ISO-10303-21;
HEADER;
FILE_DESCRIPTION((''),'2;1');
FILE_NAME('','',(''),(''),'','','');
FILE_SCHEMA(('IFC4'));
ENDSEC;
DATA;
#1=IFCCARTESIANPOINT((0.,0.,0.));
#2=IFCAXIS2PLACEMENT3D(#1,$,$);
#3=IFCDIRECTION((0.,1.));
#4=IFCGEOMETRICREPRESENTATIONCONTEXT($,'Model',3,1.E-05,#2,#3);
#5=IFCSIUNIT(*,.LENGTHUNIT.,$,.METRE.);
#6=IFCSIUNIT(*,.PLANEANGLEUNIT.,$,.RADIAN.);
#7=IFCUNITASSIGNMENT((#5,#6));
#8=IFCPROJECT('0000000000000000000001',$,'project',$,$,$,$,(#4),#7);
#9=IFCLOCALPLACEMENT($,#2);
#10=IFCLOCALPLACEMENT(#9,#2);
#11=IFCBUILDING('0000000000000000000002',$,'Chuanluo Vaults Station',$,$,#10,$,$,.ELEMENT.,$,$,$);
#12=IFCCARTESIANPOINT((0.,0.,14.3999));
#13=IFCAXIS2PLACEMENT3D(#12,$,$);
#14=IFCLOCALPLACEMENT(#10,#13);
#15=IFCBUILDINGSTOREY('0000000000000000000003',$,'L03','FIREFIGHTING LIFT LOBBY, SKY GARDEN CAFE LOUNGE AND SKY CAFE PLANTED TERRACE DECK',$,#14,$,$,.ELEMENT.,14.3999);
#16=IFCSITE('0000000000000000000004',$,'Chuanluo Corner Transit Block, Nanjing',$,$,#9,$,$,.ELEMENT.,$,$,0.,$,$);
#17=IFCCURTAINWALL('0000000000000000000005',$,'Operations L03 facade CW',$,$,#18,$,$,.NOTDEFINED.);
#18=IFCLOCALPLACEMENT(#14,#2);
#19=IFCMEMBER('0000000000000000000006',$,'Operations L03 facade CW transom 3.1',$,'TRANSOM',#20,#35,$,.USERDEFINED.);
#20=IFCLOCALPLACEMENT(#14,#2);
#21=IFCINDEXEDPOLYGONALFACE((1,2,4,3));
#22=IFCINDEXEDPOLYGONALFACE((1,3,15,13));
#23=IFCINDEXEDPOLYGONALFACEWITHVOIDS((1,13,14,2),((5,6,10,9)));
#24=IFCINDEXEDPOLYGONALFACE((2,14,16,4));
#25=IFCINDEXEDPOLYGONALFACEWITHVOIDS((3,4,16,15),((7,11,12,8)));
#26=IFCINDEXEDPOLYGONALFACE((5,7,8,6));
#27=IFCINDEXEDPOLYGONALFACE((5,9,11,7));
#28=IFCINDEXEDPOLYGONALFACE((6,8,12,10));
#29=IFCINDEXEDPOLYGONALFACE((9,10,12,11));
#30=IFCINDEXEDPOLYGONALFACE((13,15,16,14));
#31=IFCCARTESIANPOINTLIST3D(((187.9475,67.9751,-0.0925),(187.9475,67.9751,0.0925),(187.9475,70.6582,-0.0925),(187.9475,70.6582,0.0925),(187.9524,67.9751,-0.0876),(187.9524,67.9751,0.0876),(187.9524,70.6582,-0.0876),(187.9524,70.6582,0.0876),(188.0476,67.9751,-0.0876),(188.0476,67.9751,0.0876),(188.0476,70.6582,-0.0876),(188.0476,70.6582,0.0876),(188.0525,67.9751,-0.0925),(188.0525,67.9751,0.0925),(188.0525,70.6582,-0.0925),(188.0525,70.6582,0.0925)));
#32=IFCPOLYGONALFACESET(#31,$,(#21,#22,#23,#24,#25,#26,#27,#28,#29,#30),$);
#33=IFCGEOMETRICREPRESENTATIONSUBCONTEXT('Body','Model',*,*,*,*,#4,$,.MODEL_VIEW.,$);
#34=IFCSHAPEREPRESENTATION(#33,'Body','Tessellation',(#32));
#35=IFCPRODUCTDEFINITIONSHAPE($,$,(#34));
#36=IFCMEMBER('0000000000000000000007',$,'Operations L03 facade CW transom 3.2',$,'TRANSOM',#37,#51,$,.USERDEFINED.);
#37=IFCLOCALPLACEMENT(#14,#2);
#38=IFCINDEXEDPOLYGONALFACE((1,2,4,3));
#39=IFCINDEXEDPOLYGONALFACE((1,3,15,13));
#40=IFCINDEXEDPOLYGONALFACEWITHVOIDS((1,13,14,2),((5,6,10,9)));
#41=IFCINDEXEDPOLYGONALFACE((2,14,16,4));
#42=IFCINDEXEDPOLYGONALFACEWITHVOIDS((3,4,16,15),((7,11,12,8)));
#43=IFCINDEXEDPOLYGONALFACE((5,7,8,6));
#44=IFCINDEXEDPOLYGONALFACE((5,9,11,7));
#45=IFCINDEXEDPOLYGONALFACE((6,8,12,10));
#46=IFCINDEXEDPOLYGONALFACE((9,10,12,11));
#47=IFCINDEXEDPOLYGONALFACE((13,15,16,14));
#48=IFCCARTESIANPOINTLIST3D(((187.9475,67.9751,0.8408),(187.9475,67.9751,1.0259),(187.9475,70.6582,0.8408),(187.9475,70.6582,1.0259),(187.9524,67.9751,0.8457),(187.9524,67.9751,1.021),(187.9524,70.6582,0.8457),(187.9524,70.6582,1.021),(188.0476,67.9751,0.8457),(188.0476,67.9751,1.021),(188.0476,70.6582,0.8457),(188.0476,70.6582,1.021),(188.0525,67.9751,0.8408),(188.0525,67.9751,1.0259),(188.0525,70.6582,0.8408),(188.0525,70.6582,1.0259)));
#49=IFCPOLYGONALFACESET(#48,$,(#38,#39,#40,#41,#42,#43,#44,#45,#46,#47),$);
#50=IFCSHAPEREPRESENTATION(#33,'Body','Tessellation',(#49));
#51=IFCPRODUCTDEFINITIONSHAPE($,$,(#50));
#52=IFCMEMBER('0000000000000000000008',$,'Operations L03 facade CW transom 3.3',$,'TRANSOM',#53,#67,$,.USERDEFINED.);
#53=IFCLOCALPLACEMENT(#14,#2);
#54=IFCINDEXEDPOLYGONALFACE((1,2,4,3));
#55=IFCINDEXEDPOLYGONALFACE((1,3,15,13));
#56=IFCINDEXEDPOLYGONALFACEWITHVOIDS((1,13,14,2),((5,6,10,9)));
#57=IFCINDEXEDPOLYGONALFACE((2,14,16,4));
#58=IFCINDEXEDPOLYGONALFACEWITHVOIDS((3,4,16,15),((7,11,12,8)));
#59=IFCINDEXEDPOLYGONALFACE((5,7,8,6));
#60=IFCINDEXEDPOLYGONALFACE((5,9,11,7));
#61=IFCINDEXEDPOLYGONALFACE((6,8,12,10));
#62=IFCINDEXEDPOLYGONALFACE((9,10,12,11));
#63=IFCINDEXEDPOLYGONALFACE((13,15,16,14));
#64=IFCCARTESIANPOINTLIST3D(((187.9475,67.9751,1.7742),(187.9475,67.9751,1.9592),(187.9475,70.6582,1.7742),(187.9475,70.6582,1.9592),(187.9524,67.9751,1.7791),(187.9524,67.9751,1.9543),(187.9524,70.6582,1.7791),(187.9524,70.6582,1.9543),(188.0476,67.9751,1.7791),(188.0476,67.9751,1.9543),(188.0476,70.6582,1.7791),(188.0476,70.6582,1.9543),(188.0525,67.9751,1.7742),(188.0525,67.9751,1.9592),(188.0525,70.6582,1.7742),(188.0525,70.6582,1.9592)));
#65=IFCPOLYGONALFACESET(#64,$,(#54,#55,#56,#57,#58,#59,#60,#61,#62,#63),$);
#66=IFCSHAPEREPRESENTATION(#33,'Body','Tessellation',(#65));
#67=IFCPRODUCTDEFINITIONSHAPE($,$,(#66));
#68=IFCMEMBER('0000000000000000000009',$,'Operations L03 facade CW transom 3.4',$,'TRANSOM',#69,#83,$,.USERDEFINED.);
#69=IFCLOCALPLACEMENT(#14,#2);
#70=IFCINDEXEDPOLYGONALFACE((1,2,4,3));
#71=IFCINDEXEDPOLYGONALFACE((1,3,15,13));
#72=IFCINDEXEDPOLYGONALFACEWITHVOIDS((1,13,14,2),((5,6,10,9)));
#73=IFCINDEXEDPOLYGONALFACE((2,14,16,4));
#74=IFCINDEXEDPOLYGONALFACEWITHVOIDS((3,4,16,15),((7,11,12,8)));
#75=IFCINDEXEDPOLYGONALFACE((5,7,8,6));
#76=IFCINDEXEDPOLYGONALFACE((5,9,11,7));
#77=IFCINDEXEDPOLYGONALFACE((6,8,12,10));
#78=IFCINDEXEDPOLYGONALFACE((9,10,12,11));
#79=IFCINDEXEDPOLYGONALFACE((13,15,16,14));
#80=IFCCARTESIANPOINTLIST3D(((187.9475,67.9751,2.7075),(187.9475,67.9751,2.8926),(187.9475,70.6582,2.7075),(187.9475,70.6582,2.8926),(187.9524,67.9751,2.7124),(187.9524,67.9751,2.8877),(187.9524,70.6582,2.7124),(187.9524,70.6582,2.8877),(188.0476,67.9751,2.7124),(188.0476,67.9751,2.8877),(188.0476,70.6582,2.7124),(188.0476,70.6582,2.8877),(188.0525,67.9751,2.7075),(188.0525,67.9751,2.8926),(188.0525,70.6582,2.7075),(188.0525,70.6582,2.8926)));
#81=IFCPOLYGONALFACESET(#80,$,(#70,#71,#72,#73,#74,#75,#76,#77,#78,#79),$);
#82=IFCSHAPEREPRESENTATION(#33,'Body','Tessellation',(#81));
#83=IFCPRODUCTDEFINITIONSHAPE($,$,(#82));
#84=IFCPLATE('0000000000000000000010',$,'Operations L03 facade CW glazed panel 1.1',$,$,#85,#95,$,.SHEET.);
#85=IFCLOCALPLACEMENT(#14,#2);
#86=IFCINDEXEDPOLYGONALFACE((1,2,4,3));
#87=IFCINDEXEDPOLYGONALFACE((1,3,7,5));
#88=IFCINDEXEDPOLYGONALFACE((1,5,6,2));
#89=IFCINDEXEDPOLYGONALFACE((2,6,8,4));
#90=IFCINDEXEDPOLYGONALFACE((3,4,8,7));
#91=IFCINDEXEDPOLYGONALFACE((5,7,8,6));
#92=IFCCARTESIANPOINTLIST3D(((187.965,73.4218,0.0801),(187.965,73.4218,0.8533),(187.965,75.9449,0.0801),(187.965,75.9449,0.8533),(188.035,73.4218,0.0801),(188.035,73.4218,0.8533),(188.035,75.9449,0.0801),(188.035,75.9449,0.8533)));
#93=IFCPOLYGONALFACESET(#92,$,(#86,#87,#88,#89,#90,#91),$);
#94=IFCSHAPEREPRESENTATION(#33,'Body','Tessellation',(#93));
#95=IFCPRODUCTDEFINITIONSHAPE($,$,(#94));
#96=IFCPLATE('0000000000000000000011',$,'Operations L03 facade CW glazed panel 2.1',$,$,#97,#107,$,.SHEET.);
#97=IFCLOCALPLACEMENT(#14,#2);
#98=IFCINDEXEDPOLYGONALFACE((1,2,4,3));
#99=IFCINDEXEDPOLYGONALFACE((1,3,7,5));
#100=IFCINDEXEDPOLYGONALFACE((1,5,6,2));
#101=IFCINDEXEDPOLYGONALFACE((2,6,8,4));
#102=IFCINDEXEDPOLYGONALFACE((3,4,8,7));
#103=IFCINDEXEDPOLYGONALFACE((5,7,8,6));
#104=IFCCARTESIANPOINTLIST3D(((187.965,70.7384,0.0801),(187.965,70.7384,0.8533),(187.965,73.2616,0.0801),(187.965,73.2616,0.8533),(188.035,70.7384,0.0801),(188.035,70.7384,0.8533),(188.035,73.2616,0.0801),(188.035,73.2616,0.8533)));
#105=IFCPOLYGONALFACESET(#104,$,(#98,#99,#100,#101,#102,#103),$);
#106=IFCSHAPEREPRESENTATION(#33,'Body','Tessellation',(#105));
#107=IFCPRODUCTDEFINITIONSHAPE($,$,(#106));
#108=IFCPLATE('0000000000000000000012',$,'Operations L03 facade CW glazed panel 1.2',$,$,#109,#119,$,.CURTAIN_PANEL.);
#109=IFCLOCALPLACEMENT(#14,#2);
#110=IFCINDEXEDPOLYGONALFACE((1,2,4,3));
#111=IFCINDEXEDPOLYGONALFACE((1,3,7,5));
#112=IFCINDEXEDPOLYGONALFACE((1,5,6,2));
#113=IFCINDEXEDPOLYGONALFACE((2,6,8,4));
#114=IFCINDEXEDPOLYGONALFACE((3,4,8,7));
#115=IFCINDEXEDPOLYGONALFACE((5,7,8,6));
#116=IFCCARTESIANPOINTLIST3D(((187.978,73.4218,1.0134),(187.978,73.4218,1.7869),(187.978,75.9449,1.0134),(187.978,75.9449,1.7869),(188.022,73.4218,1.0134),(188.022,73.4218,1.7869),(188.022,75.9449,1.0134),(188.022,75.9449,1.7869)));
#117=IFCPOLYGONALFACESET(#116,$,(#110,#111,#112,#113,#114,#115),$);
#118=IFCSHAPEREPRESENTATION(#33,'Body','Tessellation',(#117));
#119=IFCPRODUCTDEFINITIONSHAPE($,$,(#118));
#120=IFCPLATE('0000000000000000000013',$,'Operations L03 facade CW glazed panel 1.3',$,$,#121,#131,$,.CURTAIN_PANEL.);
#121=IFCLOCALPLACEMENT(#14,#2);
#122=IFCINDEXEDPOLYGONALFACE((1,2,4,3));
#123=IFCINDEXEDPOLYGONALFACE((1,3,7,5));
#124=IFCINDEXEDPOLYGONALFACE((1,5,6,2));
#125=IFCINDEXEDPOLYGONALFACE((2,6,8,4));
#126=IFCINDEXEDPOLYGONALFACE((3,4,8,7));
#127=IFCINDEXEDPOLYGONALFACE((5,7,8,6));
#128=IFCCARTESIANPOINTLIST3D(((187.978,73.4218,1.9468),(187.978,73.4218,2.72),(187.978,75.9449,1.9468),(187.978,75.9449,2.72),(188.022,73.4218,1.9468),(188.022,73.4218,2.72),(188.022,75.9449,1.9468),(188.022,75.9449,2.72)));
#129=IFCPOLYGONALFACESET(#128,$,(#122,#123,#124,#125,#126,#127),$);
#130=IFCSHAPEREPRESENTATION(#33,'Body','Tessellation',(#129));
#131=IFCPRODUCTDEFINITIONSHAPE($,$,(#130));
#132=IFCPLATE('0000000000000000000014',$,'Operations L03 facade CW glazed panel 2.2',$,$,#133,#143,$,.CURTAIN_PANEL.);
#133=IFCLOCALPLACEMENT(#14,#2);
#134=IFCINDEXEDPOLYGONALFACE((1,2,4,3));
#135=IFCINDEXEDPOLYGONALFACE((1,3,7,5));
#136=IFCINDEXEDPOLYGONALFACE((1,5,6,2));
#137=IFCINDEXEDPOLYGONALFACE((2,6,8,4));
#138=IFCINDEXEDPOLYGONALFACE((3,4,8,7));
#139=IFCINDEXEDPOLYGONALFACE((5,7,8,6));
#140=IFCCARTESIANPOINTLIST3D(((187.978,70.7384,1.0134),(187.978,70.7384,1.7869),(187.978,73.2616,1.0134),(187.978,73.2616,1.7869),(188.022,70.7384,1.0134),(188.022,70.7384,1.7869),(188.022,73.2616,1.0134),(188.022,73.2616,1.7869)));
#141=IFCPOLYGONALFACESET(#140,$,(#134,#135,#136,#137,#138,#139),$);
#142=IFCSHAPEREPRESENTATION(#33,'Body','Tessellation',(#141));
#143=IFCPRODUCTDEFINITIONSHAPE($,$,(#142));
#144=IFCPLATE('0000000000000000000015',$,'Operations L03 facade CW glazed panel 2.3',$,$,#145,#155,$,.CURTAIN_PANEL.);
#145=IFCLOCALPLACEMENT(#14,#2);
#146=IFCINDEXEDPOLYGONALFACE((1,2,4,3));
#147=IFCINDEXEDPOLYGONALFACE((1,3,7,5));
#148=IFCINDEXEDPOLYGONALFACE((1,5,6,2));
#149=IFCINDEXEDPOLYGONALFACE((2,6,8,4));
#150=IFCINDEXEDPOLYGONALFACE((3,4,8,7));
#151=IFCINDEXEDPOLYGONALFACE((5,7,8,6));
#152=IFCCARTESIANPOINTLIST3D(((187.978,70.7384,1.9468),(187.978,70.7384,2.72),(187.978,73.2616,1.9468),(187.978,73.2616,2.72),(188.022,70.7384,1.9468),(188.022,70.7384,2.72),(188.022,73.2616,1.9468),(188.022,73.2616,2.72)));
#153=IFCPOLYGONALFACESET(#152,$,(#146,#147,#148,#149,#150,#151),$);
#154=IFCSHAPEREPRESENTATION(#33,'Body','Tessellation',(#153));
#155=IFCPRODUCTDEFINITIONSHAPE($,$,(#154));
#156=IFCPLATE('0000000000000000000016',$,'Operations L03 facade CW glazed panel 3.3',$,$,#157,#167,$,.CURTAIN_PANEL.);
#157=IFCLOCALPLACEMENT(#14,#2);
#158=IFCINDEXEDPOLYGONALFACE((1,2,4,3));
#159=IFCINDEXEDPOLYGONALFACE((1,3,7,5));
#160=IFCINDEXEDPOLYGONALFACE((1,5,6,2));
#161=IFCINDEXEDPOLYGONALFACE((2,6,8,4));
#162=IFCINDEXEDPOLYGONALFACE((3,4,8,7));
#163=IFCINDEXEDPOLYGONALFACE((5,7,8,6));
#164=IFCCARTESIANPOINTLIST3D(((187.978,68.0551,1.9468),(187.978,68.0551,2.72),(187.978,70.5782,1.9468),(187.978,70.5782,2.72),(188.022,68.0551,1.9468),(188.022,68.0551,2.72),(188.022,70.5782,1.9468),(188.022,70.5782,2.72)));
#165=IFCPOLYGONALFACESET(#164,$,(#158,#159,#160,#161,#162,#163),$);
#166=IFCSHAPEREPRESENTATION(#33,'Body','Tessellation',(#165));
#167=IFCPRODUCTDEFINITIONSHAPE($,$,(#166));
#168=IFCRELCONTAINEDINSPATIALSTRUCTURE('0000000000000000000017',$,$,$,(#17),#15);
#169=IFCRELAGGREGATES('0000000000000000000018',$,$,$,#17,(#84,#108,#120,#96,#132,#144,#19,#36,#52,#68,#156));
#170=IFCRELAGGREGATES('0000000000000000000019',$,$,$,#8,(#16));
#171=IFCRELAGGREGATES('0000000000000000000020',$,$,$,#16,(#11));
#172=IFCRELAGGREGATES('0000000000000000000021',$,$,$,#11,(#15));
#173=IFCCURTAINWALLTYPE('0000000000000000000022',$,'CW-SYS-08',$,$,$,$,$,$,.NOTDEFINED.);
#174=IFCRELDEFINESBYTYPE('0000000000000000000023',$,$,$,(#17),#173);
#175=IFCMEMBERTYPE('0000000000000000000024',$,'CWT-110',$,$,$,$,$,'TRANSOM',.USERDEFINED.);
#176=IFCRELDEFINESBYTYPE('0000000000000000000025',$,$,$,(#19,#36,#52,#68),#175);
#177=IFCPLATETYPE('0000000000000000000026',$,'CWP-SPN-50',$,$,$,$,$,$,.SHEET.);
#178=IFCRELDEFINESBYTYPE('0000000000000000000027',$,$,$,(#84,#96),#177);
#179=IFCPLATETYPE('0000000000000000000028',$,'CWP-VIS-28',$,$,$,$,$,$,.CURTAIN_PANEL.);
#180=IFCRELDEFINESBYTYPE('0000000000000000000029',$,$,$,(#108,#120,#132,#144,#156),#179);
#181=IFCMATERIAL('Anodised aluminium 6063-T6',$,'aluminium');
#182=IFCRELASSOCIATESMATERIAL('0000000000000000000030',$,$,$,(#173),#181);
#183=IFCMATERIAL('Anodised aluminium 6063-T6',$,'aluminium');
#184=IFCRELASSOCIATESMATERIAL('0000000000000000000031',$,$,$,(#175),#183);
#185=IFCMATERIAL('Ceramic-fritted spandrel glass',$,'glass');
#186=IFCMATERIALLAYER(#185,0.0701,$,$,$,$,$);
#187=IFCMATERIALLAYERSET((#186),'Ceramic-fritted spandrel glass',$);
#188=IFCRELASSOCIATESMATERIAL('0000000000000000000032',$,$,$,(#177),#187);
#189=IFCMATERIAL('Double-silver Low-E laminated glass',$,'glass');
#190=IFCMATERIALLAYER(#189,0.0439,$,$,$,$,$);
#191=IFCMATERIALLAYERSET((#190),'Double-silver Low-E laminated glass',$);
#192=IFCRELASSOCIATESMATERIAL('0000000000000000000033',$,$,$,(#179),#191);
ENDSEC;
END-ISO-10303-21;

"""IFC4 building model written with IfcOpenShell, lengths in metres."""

from ifc_helpers import new_model, si_unit, direction, frame, origin, origin_2d, place, context, subcontext, project, spatial, rectangle, hollow_rectangle, extrude, material, layer, layer_set, material_profile, profile_set, type_object, element, aggregate, save


model = new_model("IFC4")

# Units and contexts
model_context = context("Model", 3, precision=1e-05, world=origin(), true_north=direction((0.0, 1.0)))
body_context = subcontext(model_context, "Body", "Model", "MODEL_VIEW")
ifc_project = project(units=[si_unit("LENGTHUNIT", "METRE"), si_unit("PLANEANGLEUNIT", "RADIAN")], contexts=[model_context])

# Site, building, storey
site_placement = place(None, origin())
site = spatial("IfcSite", under=ifc_project, at=site_placement, Name="Chuanluo Corner Transit Block, Nanjing", CompositionType="ELEMENT", RefElevation=0.0)
building_placement = place(site_placement, origin())
building = spatial("IfcBuilding", under=site, at=building_placement, Name="Chuanluo Vaults Station", CompositionType="ELEMENT")
storey_placement = place(building_placement, frame((0.0, 0.0, 14.3999)))
storey = spatial("IfcBuildingStorey", under=building, at=storey_placement, Name="L03", Description="FIREFIGHTING LIFT LOBBY, SKY GARDEN CAFE LOUNGE AND SKY CAFE PLANTED TERRACE DECK", CompositionType="ELEMENT", Elevation=14.3999)

# Curtain wall, members, plates
ifc_material_1 = material(Name="Anodised aluminium 6063-T6", Category="aluminium")
curtain_wall_type = type_object("IfcCurtainWallType", Name="CW-SYS-08", PredefinedType="NOTDEFINED", material=ifc_material_1)
curtain_wall_placement = place(storey_placement, origin())
curtain_wall = element("IfcCurtainWall", 1, at=curtain_wall_placement, inside=storey, type_object=curtain_wall_type, Name="Operations L03 facade CW", PredefinedType="NOTDEFINED")
ifc_material_2 = material(Name="Anodised aluminium 6063-T6", Category="aluminium")
ifc_material_profile_1 = material_profile(ifc_material_2, hollow_rectangle(XDim=0.105, YDim=0.1851, WallThickness=0.0049, at=origin_2d()))
ifc_profile_set_1 = profile_set([ifc_material_profile_1], Name="Anodised aluminium 6063-T6")
member_type_1 = type_object("IfcMemberType", Name="CWT-110", ElementType="TRANSOM", PredefinedType="USERDEFINED", material=ifc_profile_set_1)
member_1_placement = place(storey_placement, frame((188.0, 70.6582, 0.0), z_axis=(0.0, -1.0, 0.0), x_axis=(1.0, 0.0, 0.0)))
member_1 = element("IfcMember", 2, at=member_1_placement, type_object=member_type_1, Name="Operations L03 facade CW transom 3.1", ObjectType="TRANSOM", PredefinedType="USERDEFINED", context=body_context, shape_type="SweptSolid", body=[
    extrude(hollow_rectangle(XDim=0.105, YDim=0.1851, WallThickness=0.0049, at=origin_2d()), origin(), (0.0, 0.0, 1.0), 2.6831),
])
member_2_placement = place(storey_placement, frame((188.0, 70.6582, 0.9333), z_axis=(0.0, -1.0, 0.0), x_axis=(1.0, 0.0, 0.0)))
member_2 = element("IfcMember", 3, at=member_2_placement, type_object=member_type_1, Name="Operations L03 facade CW transom 3.2", ObjectType="TRANSOM", PredefinedType="USERDEFINED", context=body_context, shape_type="SweptSolid", body=[
    extrude(hollow_rectangle(XDim=0.105, YDim=0.1851, WallThickness=0.0049, at=origin_2d()), origin(), (0.0, 0.0, 1.0), 2.6831),
])
member_3_placement = place(storey_placement, frame((188.0, 70.6582, 1.8667), z_axis=(0.0, -1.0, 0.0), x_axis=(1.0, 0.0, 0.0)))
member_3 = element("IfcMember", 4, at=member_3_placement, type_object=member_type_1, Name="Operations L03 facade CW transom 3.3", ObjectType="TRANSOM", PredefinedType="USERDEFINED", context=body_context, shape_type="SweptSolid", body=[
    extrude(hollow_rectangle(XDim=0.105, YDim=0.1851, WallThickness=0.0049, at=origin_2d()), origin(), (0.0, 0.0, 1.0), 2.6831),
])
member_4_placement = place(storey_placement, frame((188.0, 70.6582, 2.8), z_axis=(0.0, -1.0, 0.0), x_axis=(1.0, 0.0, 0.0)))
member_4 = element("IfcMember", 5, at=member_4_placement, type_object=member_type_1, Name="Operations L03 facade CW transom 3.4", ObjectType="TRANSOM", PredefinedType="USERDEFINED", context=body_context, shape_type="SweptSolid", body=[
    extrude(hollow_rectangle(XDim=0.105, YDim=0.1851, WallThickness=0.0049, at=origin_2d()), origin(), (0.0, 0.0, 1.0), 2.6831),
])
ifc_material_3 = material(Name="Ceramic-fritted spandrel glass", Category="glass")
ifc_layer_1 = layer(ifc_material_3, 0.0701)
ifc_layer_set_1 = layer_set([ifc_layer_1], Name="Ceramic-fritted spandrel glass")
plate_type_1 = type_object("IfcPlateType", Name="CWP-SPN-50", PredefinedType="SHEET", material=ifc_layer_set_1)
plate_1_placement = place(storey_placement, frame((188.0, 74.6833, 0.0801), z_axis=(0.0, 0.0, 1.0), x_axis=(0.0, -1.0, 0.0)))
plate_1 = element("IfcPlate", 6, at=plate_1_placement, type_object=plate_type_1, Name="Operations L03 facade CW glazed panel 1.1", PredefinedType="SHEET", context=body_context, shape_type="SweptSolid", body=[
    extrude(rectangle(XDim=2.5232, YDim=0.0701, at=origin_2d()), origin(), (0.0, 0.0, 1.0), 0.7732),
])
plate_2_placement = place(storey_placement, frame((188.0, 72.0, 0.0801), z_axis=(0.0, 0.0, 1.0), x_axis=(0.0, -1.0, 0.0)))
plate_2 = element("IfcPlate", 7, at=plate_2_placement, type_object=plate_type_1, Name="Operations L03 facade CW glazed panel 2.1", PredefinedType="SHEET", context=body_context, shape_type="SweptSolid", body=[
    extrude(rectangle(XDim=2.5232, YDim=0.0701, at=origin_2d()), origin(), (0.0, 0.0, 1.0), 0.7732),
])
ifc_material_4 = material(Name="Double-silver Low-E laminated glass", Category="glass")
ifc_layer_2 = layer(ifc_material_4, 0.0439)
ifc_layer_set_2 = layer_set([ifc_layer_2], Name="Double-silver Low-E laminated glass")
plate_type_2 = type_object("IfcPlateType", Name="CWP-VIS-28", PredefinedType="CURTAIN_PANEL", material=ifc_layer_set_2)
plate_3_placement = place(storey_placement, frame((188.0, 74.6833, 1.0134), z_axis=(0.0, 0.0, 1.0), x_axis=(0.0, -1.0, 0.0)))
plate_3 = element("IfcPlate", 8, at=plate_3_placement, type_object=plate_type_2, Name="Operations L03 facade CW glazed panel 1.2", PredefinedType="CURTAIN_PANEL", context=body_context, shape_type="SweptSolid", body=[
    extrude(rectangle(XDim=2.5232, YDim=0.0439, at=origin_2d()), origin(), (0.0, 0.0, 1.0), 0.7734),
])
plate_4_placement = place(storey_placement, frame((188.0, 74.6833, 1.9468), z_axis=(0.0, 0.0, 1.0), x_axis=(0.0, -1.0, 0.0)))
plate_4 = element("IfcPlate", 9, at=plate_4_placement, type_object=plate_type_2, Name="Operations L03 facade CW glazed panel 1.3", PredefinedType="CURTAIN_PANEL", context=body_context, shape_type="SweptSolid", body=[
    extrude(rectangle(XDim=2.5232, YDim=0.0439, at=origin_2d()), origin(), (0.0, 0.0, 1.0), 0.7732),
])
plate_5_placement = place(storey_placement, frame((188.0, 72.0, 1.0134), z_axis=(0.0, 0.0, 1.0), x_axis=(0.0, -1.0, 0.0)))
plate_5 = element("IfcPlate", 10, at=plate_5_placement, type_object=plate_type_2, Name="Operations L03 facade CW glazed panel 2.2", PredefinedType="CURTAIN_PANEL", context=body_context, shape_type="SweptSolid", body=[
    extrude(rectangle(XDim=2.5232, YDim=0.0439, at=origin_2d()), origin(), (0.0, 0.0, 1.0), 0.7734),
])
plate_6_placement = place(storey_placement, frame((188.0, 72.0, 1.9468), z_axis=(0.0, 0.0, 1.0), x_axis=(0.0, -1.0, 0.0)))
plate_6 = element("IfcPlate", 11, at=plate_6_placement, type_object=plate_type_2, Name="Operations L03 facade CW glazed panel 2.3", PredefinedType="CURTAIN_PANEL", context=body_context, shape_type="SweptSolid", body=[
    extrude(rectangle(XDim=2.5232, YDim=0.0439, at=origin_2d()), origin(), (0.0, 0.0, 1.0), 0.7732),
])
plate_7_placement = place(storey_placement, frame((188.0, 69.3167, 1.9468), z_axis=(0.0, 0.0, 1.0), x_axis=(0.0, -1.0, 0.0)))
plate_7 = element("IfcPlate", 12, at=plate_7_placement, type_object=plate_type_2, Name="Operations L03 facade CW glazed panel 3.3", PredefinedType="CURTAIN_PANEL", context=body_context, shape_type="SweptSolid", body=[
    extrude(rectangle(XDim=2.5232, YDim=0.0439, at=origin_2d()), origin(), (0.0, 0.0, 1.0), 0.7732),
])
aggregate(curtain_wall, [plate_1, plate_3, plate_4, plate_2, plate_5, plate_6, member_1, member_2, member_3, member_4, plate_7])

save(model, "model.ifc")
